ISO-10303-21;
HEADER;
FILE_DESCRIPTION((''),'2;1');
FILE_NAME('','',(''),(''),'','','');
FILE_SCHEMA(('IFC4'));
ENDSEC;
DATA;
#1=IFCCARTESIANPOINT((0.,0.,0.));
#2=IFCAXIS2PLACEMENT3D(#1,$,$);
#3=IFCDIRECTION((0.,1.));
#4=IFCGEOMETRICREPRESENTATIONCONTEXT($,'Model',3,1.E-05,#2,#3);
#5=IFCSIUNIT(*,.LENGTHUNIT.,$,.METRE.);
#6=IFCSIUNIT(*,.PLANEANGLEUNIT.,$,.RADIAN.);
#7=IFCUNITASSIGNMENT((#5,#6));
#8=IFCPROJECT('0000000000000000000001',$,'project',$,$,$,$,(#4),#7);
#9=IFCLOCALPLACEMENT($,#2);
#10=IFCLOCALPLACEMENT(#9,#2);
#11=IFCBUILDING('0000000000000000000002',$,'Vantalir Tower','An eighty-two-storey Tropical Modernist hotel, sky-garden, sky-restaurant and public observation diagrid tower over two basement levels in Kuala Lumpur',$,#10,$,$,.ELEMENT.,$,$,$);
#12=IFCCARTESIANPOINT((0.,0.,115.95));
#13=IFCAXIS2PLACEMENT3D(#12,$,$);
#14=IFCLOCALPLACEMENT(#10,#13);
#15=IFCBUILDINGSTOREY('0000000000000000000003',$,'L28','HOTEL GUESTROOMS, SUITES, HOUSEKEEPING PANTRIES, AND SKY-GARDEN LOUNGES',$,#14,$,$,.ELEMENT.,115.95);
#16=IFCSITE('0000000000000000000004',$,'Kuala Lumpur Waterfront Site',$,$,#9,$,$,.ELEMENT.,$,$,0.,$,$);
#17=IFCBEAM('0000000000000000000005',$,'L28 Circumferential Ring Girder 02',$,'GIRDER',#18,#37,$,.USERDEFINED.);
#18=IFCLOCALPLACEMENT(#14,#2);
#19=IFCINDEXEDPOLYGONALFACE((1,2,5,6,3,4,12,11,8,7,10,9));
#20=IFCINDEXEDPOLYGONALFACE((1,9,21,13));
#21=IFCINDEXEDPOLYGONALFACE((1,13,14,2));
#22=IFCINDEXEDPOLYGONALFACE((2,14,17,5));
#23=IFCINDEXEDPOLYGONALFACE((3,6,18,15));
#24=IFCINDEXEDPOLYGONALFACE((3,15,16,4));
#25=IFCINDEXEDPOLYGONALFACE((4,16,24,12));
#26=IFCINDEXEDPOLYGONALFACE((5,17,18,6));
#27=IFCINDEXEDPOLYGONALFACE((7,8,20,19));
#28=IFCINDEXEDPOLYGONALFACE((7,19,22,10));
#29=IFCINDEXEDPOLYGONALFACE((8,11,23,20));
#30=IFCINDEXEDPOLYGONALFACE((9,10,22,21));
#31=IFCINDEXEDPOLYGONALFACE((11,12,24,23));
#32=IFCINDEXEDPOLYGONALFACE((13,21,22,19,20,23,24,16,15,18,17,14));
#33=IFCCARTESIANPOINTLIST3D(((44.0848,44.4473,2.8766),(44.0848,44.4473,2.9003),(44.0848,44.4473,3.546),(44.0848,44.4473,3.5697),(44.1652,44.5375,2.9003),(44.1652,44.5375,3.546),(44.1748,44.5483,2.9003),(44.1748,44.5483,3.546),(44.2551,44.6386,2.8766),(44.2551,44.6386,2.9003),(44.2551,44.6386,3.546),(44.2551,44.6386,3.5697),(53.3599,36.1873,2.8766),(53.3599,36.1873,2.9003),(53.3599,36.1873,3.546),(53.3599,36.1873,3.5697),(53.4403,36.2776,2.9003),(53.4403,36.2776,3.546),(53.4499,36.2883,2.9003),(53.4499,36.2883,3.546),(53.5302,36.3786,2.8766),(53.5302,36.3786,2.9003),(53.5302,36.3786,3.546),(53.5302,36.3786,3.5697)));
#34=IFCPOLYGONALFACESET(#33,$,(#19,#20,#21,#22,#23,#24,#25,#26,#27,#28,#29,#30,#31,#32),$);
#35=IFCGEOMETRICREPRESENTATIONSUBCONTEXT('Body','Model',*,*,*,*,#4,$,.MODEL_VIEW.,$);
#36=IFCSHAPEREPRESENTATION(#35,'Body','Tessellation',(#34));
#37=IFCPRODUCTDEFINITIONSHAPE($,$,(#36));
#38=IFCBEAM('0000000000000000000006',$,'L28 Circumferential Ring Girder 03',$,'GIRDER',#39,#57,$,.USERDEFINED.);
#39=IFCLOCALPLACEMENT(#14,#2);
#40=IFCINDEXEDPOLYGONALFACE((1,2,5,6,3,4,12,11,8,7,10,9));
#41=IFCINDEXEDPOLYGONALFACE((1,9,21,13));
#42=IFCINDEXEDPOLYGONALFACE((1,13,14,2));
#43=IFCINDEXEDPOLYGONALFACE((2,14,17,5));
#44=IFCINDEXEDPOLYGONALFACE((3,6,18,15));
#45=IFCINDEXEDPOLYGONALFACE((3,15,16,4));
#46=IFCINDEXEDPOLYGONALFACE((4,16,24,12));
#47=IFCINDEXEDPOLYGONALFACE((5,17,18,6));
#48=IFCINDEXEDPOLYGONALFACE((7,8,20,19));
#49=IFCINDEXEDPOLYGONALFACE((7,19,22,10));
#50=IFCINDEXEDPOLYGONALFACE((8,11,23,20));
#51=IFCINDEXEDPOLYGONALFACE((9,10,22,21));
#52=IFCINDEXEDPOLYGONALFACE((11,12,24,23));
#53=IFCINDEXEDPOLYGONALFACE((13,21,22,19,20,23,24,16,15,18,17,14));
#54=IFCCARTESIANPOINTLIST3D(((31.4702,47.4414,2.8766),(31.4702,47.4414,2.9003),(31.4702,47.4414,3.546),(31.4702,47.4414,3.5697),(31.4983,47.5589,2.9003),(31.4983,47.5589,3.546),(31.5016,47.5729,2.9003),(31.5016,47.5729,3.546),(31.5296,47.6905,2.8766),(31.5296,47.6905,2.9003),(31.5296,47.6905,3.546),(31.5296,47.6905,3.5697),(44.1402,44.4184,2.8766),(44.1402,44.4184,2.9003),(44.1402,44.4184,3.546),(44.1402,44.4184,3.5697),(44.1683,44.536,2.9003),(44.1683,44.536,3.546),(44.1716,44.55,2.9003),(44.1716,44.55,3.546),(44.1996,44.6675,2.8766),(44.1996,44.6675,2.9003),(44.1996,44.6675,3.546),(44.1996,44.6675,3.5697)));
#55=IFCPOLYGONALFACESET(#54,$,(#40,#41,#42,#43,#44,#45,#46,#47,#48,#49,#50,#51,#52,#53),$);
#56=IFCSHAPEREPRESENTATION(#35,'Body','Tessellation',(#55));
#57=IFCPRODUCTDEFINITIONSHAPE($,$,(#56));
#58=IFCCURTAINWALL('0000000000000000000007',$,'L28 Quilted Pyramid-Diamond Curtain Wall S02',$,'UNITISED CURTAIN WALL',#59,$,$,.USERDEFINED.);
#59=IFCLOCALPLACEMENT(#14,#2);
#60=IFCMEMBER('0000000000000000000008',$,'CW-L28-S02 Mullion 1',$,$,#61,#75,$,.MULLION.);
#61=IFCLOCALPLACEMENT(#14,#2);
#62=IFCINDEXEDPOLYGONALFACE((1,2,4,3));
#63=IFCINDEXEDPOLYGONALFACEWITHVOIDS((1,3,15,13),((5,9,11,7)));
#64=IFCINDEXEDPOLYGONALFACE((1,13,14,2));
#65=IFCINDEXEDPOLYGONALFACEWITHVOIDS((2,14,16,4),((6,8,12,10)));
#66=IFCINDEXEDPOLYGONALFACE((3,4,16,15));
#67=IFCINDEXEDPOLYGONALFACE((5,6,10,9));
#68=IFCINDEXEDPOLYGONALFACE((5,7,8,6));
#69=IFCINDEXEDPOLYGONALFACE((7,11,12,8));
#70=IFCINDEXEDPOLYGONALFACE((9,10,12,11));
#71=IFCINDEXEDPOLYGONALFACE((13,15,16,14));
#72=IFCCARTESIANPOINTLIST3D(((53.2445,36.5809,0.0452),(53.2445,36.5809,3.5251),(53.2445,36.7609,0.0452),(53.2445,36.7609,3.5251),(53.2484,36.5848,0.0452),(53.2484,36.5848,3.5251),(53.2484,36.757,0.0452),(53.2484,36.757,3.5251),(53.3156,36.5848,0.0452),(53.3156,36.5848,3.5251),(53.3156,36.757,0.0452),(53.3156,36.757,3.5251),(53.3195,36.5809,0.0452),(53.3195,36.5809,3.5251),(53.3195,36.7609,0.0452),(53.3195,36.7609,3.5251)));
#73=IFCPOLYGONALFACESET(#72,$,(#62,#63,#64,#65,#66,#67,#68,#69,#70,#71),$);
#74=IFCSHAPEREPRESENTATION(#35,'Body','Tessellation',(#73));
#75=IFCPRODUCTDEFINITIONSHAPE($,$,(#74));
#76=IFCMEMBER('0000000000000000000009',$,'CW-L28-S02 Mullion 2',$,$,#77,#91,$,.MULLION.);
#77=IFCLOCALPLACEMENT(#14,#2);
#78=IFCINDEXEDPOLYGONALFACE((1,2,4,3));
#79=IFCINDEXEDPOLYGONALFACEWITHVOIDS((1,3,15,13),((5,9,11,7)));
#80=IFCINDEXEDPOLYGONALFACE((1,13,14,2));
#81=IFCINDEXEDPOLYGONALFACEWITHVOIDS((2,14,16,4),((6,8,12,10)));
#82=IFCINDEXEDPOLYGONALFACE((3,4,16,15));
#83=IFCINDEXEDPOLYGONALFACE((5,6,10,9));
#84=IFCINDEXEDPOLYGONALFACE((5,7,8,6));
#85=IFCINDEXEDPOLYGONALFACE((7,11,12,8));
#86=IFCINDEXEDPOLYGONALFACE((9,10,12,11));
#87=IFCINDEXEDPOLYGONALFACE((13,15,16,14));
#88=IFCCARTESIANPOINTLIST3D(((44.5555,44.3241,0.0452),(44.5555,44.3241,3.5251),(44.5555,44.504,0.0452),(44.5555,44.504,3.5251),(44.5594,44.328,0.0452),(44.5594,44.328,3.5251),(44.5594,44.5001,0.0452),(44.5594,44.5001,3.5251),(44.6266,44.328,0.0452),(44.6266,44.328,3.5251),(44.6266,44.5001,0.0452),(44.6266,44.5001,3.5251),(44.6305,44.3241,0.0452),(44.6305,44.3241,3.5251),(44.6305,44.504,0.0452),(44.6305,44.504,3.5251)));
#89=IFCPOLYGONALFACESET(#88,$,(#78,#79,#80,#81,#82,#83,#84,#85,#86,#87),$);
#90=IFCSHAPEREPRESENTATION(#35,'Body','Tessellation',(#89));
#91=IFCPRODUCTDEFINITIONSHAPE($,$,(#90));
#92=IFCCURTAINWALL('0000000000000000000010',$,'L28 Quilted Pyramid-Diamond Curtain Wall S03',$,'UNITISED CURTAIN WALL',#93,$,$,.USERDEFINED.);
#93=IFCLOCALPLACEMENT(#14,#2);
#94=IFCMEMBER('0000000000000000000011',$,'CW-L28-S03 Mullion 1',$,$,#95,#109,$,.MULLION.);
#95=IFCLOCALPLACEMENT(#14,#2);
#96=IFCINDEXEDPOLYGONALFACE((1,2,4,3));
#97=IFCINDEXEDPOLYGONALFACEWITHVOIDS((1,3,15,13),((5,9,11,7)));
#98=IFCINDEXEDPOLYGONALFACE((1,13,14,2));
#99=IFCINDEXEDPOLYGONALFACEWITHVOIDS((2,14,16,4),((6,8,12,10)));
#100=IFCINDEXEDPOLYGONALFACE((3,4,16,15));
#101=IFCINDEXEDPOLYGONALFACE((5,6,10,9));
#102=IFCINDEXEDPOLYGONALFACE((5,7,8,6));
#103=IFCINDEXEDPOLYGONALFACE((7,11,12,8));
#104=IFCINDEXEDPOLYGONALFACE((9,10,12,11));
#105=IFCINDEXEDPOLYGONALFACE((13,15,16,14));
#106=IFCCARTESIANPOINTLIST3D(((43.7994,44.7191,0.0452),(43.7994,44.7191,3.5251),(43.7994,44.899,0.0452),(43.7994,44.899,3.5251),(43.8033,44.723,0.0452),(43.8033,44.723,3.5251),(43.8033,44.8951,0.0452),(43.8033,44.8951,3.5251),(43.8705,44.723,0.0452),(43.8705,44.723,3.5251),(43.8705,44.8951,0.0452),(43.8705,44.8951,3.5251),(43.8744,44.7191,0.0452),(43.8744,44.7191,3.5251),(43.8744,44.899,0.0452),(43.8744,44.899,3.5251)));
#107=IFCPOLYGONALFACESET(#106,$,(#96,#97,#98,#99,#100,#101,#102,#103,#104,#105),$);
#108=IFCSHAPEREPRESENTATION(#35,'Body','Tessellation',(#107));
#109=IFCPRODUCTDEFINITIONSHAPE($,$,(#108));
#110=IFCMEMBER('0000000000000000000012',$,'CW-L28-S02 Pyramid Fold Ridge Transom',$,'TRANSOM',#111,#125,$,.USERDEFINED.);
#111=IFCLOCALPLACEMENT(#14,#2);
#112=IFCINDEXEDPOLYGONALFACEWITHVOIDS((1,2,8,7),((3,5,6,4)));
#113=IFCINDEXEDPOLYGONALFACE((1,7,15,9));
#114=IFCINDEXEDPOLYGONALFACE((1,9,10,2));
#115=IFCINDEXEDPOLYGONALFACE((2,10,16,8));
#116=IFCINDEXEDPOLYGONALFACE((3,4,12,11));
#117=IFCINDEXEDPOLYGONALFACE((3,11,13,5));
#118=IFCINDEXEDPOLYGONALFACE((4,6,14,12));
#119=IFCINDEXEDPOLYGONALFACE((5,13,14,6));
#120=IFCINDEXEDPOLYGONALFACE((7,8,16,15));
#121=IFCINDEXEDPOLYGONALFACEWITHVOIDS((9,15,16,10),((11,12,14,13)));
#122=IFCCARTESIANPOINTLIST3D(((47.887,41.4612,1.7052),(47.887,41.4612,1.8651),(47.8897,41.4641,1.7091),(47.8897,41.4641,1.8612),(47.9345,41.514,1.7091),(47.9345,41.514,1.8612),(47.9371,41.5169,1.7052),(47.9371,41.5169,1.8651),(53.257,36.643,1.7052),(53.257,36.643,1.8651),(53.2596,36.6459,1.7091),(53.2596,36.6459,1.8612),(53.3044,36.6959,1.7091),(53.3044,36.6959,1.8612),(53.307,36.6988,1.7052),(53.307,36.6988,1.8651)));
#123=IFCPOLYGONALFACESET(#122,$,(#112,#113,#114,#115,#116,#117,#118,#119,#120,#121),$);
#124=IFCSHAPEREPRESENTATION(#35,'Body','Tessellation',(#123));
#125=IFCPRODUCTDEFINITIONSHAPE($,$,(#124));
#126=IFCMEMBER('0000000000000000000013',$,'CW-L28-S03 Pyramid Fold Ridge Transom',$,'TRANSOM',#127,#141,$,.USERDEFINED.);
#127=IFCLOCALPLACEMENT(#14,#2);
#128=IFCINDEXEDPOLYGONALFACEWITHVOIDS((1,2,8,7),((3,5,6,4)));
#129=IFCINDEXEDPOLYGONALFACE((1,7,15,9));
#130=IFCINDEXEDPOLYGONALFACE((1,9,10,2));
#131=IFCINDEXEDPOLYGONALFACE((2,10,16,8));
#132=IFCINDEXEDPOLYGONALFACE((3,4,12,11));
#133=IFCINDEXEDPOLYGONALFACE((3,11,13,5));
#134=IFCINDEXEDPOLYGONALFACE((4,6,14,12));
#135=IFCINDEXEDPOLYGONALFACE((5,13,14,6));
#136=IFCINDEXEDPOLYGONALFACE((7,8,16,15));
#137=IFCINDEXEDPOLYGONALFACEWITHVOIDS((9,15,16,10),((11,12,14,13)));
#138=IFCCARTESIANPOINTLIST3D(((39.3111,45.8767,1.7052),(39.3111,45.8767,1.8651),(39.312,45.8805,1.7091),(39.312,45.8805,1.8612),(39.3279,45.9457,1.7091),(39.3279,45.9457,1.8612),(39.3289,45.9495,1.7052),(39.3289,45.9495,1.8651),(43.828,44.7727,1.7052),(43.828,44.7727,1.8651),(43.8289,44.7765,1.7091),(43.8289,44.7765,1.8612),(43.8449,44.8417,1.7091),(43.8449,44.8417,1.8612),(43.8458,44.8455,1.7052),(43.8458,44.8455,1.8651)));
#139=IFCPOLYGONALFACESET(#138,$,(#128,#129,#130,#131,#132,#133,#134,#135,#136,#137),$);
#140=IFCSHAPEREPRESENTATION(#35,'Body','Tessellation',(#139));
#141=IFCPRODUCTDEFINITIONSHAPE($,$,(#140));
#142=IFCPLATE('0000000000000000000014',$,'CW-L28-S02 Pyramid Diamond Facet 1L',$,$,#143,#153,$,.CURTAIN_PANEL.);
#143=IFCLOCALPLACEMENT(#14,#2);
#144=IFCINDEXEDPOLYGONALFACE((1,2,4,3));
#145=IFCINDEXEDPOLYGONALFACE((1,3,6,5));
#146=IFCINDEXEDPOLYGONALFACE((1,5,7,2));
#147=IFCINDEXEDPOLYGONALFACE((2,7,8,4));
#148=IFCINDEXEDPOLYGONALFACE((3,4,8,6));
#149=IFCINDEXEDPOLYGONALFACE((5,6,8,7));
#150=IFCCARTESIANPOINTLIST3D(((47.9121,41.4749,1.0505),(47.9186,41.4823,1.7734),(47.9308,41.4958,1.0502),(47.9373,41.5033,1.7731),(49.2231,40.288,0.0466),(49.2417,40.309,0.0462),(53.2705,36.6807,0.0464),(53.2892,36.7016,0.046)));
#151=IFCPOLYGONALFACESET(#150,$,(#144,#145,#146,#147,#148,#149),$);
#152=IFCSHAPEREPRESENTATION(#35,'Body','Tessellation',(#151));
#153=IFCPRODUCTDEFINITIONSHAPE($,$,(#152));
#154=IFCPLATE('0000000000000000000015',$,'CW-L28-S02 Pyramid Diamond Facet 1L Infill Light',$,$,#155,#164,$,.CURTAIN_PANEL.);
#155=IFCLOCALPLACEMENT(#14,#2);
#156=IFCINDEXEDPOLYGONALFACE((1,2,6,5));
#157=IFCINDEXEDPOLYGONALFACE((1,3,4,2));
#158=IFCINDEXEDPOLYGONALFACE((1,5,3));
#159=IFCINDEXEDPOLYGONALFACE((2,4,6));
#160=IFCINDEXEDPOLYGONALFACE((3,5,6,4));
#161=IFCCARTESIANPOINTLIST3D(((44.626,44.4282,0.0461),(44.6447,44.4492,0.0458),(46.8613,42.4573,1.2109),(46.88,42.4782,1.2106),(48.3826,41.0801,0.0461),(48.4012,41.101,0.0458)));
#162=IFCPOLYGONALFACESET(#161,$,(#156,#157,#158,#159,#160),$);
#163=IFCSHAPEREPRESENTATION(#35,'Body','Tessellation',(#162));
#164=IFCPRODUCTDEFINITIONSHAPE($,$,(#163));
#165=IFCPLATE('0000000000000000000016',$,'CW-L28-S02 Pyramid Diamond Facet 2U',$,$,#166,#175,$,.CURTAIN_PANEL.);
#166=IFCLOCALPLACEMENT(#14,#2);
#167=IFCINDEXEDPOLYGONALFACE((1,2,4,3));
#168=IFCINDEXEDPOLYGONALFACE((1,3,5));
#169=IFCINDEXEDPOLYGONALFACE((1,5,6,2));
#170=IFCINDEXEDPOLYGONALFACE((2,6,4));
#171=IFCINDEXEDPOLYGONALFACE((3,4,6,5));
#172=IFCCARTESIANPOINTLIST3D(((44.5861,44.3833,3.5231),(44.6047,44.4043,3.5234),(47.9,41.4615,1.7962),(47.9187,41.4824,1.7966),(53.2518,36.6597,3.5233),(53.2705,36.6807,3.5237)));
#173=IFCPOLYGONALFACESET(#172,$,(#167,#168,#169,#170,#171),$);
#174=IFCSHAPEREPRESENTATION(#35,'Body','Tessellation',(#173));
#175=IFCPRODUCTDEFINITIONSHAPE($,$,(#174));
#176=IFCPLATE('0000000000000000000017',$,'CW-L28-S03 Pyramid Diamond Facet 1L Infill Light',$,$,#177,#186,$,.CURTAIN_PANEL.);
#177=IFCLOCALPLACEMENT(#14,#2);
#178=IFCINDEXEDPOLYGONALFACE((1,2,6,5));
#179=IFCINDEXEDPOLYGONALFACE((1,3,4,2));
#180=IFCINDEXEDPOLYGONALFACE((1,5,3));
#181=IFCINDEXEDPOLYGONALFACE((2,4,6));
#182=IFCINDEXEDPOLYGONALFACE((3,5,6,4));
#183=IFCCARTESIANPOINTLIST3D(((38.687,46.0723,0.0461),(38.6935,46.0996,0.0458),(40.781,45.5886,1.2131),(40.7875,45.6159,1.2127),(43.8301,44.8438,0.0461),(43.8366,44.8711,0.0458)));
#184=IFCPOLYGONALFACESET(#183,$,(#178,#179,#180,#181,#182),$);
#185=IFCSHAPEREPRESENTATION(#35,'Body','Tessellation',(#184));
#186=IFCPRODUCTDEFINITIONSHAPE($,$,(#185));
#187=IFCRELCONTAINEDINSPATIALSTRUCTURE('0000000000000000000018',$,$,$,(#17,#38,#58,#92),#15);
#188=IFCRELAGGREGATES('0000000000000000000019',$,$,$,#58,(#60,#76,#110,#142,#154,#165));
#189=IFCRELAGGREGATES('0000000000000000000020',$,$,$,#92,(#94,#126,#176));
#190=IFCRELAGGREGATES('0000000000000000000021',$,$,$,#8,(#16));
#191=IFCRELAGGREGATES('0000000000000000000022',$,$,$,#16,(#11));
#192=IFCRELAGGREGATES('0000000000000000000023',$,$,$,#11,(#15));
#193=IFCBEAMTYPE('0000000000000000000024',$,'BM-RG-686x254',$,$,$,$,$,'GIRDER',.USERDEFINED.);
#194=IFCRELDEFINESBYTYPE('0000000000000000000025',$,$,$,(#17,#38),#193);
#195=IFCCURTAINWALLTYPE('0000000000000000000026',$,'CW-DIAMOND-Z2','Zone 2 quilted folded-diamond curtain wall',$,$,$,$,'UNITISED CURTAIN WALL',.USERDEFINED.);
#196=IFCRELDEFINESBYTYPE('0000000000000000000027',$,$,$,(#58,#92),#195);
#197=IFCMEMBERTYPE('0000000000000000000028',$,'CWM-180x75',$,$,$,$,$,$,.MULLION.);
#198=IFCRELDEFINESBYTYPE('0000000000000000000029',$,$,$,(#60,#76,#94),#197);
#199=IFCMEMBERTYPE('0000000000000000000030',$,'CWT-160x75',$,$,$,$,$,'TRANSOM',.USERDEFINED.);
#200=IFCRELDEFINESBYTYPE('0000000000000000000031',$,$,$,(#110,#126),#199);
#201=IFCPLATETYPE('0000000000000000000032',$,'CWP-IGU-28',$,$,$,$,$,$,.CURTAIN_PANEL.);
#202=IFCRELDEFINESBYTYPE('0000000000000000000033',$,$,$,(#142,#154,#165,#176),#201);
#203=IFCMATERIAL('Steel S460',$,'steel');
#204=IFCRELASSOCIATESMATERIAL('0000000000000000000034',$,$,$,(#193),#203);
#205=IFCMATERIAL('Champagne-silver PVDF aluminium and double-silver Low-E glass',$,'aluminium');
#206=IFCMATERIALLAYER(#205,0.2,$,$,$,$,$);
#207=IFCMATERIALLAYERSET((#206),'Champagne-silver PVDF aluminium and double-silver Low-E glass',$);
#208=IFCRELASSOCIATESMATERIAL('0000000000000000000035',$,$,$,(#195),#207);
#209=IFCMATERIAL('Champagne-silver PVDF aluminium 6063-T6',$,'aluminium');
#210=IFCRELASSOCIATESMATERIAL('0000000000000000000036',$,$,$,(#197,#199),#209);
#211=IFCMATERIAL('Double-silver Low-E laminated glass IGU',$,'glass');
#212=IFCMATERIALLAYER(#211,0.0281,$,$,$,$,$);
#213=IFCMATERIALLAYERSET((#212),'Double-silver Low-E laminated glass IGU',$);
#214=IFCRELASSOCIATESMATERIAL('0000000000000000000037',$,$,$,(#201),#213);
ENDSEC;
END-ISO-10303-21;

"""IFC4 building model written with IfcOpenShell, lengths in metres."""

from ifc_helpers import new_model, si_unit, direction, frame, origin, origin_2d, place, context, subcontext, project, spatial, polyline, hollow_rectangle, i_section, outline, extrude, material, layer, layer_set, material_profile, profile_set, type_object, element, aggregate, save


model = new_model("IFC4")

# Units and contexts
model_context = context("Model", 3, precision=1e-05, world=origin(), true_north=direction((0.0, 1.0)))
body_context = subcontext(model_context, "Body", "Model", "MODEL_VIEW")
ifc_project = project(units=[si_unit("LENGTHUNIT", "METRE"), si_unit("PLANEANGLEUNIT", "RADIAN")], contexts=[model_context])

# Site, building, storey
site_placement = place(None, origin())
site = spatial("IfcSite", under=ifc_project, at=site_placement, Name="Kuala Lumpur Waterfront Site", CompositionType="ELEMENT", RefElevation=0.0)
building_placement = place(site_placement, origin())
building = spatial("IfcBuilding", under=site, at=building_placement, Name="Vantalir Tower", Description="An eighty-two-storey Tropical Modernist hotel, sky-garden, sky-restaurant and public observation diagrid tower over two basement levels in Kuala Lumpur", CompositionType="ELEMENT")
storey_placement = place(building_placement, frame((0.0, 0.0, 115.95)))
storey = spatial("IfcBuildingStorey", under=building, at=storey_placement, Name="L28", Description="HOTEL GUESTROOMS, SUITES, HOUSEKEEPING PANTRIES, AND SKY-GARDEN LOUNGES", CompositionType="ELEMENT", Elevation=115.95)

# Shared definitions
ifc_material_1 = material(Name="Steel S460", Category="steel")

# Beams
ifc_material_profile_1 = material_profile(ifc_material_1, i_section(OverallWidth=0.2561, OverallDepth=0.6931, WebThickness=0.0144, FlangeThickness=0.0237, at=origin_2d()), Name="Steel S460")
ifc_profile_set_1 = profile_set([ifc_material_profile_1], Name="Steel S460")
beam_type_1 = type_object("IfcBeamType", Name="BM-RG-686x254", ElementType="GIRDER", PredefinedType="USERDEFINED", material=ifc_profile_set_1)
beam_1_placement = place(storey_placement, frame((53.4451, 36.283, 3.2231), z_axis=(-0.746792, 0.665058, 0.0), x_axis=(-0.665058, -0.746792, 0.0)))
element("IfcBeam", 1, at=beam_1_placement, inside=storey, type_object=beam_type_1, Name="L28 Circumferential Ring Girder 02", ObjectType="GIRDER", PredefinedType="USERDEFINED", context=body_context, shape_type="SweptSolid", body=[
    extrude(i_section(OverallWidth=0.2561, OverallDepth=0.6931, WebThickness=0.0144, FlangeThickness=0.0237, at=origin_2d()), origin(), (0.0, 0.0, 1.0), 12.4199),
])
beam_2_placement = place(storey_placement, frame((44.1699, 44.543, 3.2231), z_axis=(-0.972697, 0.232078, 0.0), x_axis=(-0.232078, -0.972697, 0.0)))
element("IfcBeam", 2, at=beam_2_placement, inside=storey, type_object=beam_type_1, Name="L28 Circumferential Ring Girder 03", ObjectType="GIRDER", PredefinedType="USERDEFINED", context=body_context, shape_type="SweptSolid", body=[
    extrude(i_section(OverallWidth=0.2561, OverallDepth=0.6931, WebThickness=0.0144, FlangeThickness=0.0237, at=origin_2d()), origin(), (0.0, 0.0, 1.0), 13.0256),
])

# Curtain wall, members
ifc_material_2 = material(Name="Champagne-silver PVDF aluminium and double-silver Low-E glass", Category="aluminium")
ifc_layer_1 = layer(ifc_material_2, 0.2)
ifc_layer_set_1 = layer_set([ifc_layer_1], Name="Champagne-silver PVDF aluminium and double-silver Low-E glass")
curtain_wall_type = type_object("IfcCurtainWallType", Name="CW-DIAMOND-Z2", Description="Zone 2 quilted folded-diamond curtain wall", ElementType="UNITISED CURTAIN WALL", PredefinedType="USERDEFINED", material=ifc_layer_set_1)
curtain_wall_1_placement = place(storey_placement, origin())
curtain_wall_1 = element("IfcCurtainWall", 3, at=curtain_wall_1_placement, inside=storey, type_object=curtain_wall_type, Name="L28 Quilted Pyramid-Diamond Curtain Wall S02", ObjectType="UNITISED CURTAIN WALL", PredefinedType="USERDEFINED")
ifc_material_3 = material(Name="Champagne-silver PVDF aluminium 6063-T6", Category="aluminium")
ifc_material_profile_2 = material_profile(ifc_material_3, hollow_rectangle(XDim=0.075, YDim=0.1799, WallThickness=0.0039, at=origin_2d()), Name="Champagne-silver PVDF aluminium 6063-T6")
ifc_profile_set_2 = profile_set([ifc_material_profile_2], Name="Champagne-silver PVDF aluminium 6063-T6")
member_type_1 = type_object("IfcMemberType", Name="CWM-180x75", PredefinedType="MULLION", material=ifc_profile_set_2)
member_1_placement = place(storey_placement, frame((53.282, 36.6709, 0.0452), z_axis=(0.0, 0.0, 1.0), x_axis=(1.0, 0.0, 0.0)))
member_1 = element("IfcMember", 4, at=member_1_placement, type_object=member_type_1, Name="CW-L28-S02 Mullion 1", PredefinedType="MULLION", context=body_context, shape_type="SweptSolid", body=[
    extrude(hollow_rectangle(XDim=0.075, YDim=0.1799, WallThickness=0.0039, at=origin_2d()), origin(), (0.0, 0.0, 1.0), 3.48),
])
member_2_placement = place(storey_placement, frame((44.593, 44.4141, 0.0452), z_axis=(0.0, 0.0, 1.0), x_axis=(1.0, 0.0, 0.0)))
member_2 = element("IfcMember", 5, at=member_2_placement, type_object=member_type_1, Name="CW-L28-S02 Mullion 2", PredefinedType="MULLION", context=body_context, shape_type="SweptSolid", body=[
    extrude(hollow_rectangle(XDim=0.075, YDim=0.1799, WallThickness=0.0039, at=origin_2d()), origin(), (0.0, 0.0, 1.0), 3.48),
])

# Curtain wall, member
curtain_wall_2_placement = place(storey_placement, origin())
curtain_wall_2 = element("IfcCurtainWall", 6, at=curtain_wall_2_placement, inside=storey, type_object=curtain_wall_type, Name="L28 Quilted Pyramid-Diamond Curtain Wall S03", ObjectType="UNITISED CURTAIN WALL", PredefinedType="USERDEFINED")
member_3_placement = place(storey_placement, frame((43.8369, 44.8091, 0.0452), z_axis=(0.0, 0.0, 1.0), x_axis=(1.0, 0.0, 0.0)))
member_3 = element("IfcMember", 7, at=member_3_placement, type_object=member_type_1, Name="CW-L28-S03 Mullion 1", PredefinedType="MULLION", context=body_context, shape_type="SweptSolid", body=[
    extrude(hollow_rectangle(XDim=0.075, YDim=0.1799, WallThickness=0.0039, at=origin_2d()), origin(), (0.0, 0.0, 1.0), 3.48),
])

# Members
ifc_material_profile_3 = material_profile(ifc_material_3, hollow_rectangle(XDim=0.075, YDim=0.1599, WallThickness=0.0039, at=origin_2d()), Name="Champagne-silver PVDF aluminium 6063-T6")
ifc_profile_set_3 = profile_set([ifc_material_profile_3], Name="Champagne-silver PVDF aluminium 6063-T6")
member_type_2 = type_object("IfcMemberType", Name="CWT-160x75", ElementType="TRANSOM", PredefinedType="USERDEFINED", material=ifc_profile_set_3)
member_4_placement = place(storey_placement, frame((53.282, 36.6709, 1.7852), z_axis=(-0.744311, 0.667833, 0.0), x_axis=(-0.667833, -0.744311, 0.0)))
member_4 = element("IfcMember", 8, at=member_4_placement, type_object=member_type_2, Name="CW-L28-S02 Pyramid Fold Ridge Transom", ObjectType="TRANSOM", PredefinedType="USERDEFINED", context=body_context, shape_type="SweptSolid", body=[
    extrude(hollow_rectangle(XDim=0.075, YDim=0.1599, WallThickness=0.0039, at=origin_2d()), origin(), (0.0, 0.0, 1.0), 7.2146),
])
member_5_placement = place(storey_placement, frame((43.8369, 44.8091, 1.7852), z_axis=(-0.971405, 0.23743, 0.0), x_axis=(-0.23743, -0.971405, 0.0)))
member_5 = element("IfcMember", 9, at=member_5_placement, type_object=member_type_2, Name="CW-L28-S03 Pyramid Fold Ridge Transom", ObjectType="TRANSOM", PredefinedType="USERDEFINED", context=body_context, shape_type="SweptSolid", body=[
    extrude(hollow_rectangle(XDim=0.075, YDim=0.1599, WallThickness=0.0039, at=origin_2d()), origin(), (0.0, 0.0, 1.0), 4.6499),
])

# Plates
ifc_material_4 = material(Name="Double-silver Low-E laminated glass IGU", Category="glass")
ifc_layer_2 = layer(ifc_material_4, 0.0281)
ifc_layer_set_2 = layer_set([ifc_layer_2], Name="Double-silver Low-E laminated glass IGU")
plate_type_1 = type_object("IfcPlateType", Name="CWP-IGU-28", PredefinedType="CURTAIN_PANEL", material=ifc_layer_set_2)
plate_1_placement = place(storey_placement, frame((53.2705, 36.6807, 0.0464), z_axis=(-0.66529, -0.746459, 0.013719), x_axis=(-0.746529, 0.665353, 0.000045)))
plate_1 = element("IfcPlate", 10, at=plate_1_placement, type_object=plate_type_1, Name="CW-L28-S02 Pyramid Diamond Facet 1L", PredefinedType="CURTAIN_PANEL", context=body_context, shape_type="SweptSolid", body=[
    extrude(outline(polyline([(0.0, 0.0), (5.4217, 0.0), (7.1901, -1.0039), (7.1902, -1.7269), (0.0, 0.0)])), origin(), (0.0, 0.0, -1.0), 0.0281),
])
plate_2_placement = place(storey_placement, frame((48.3826, 41.0801, 0.0461), z_axis=(-0.665295, -0.746455, 0.013688), x_axis=(-0.746525, 0.665357, 0.0)))
plate_2 = element("IfcPlate", 11, at=plate_2_placement, type_object=plate_type_1, Name="CW-L28-S02 Pyramid Diamond Facet 1L Infill Light", PredefinedType="CURTAIN_PANEL", context=body_context, shape_type="SweptSolid", body=[
    extrude(outline(polyline([(0.0, 0.0), (5.0321, 0.0), (2.052, -1.1649), (0.0, 0.0)])), origin(), (0.0, 0.0, -1.0), 0.0281),
])
plate_3_placement = place(storey_placement, frame((44.6047, 44.4043, 3.5234), z_axis=(0.665298, 0.746452, 0.013744), x_axis=(0.746522, -0.665361, 0.000021)))
plate_3 = element("IfcPlate", 12, at=plate_3_placement, type_object=plate_type_1, Name="CW-L28-S02 Pyramid Diamond Facet 2U", PredefinedType="CURTAIN_PANEL", context=body_context, shape_type="SweptSolid", body=[
    extrude(outline(polyline([(0.0, 0.0), (11.6082, 0.0), (4.418, 1.7271), (0.0, 0.0)])), origin(), (0.0, 0.0, -1.0), 0.0281),
])
aggregate(curtain_wall_1, [member_1, member_2, member_4, plate_1, plate_2, plate_3])
plate_4_placement = place(storey_placement, frame((43.8301, 44.8438, 0.0461), z_axis=(-0.23231, -0.972544, 0.013789), x_axis=(-0.972637, 0.232332, 0.0)))
plate_4 = element("IfcPlate", 13, at=plate_4_placement, type_object=plate_type_1, Name="CW-L28-S03 Pyramid Diamond Facet 1L Infill Light", PredefinedType="CURTAIN_PANEL", context=body_context, shape_type="SweptSolid", body=[
    extrude(outline(polyline([(0.0, 0.0), (5.2878, 0.0), (3.1387, -1.1671), (0.0, 0.0)])), origin(), (0.0, 0.0, -1.0), 0.0281),
])
aggregate(curtain_wall_2, [member_3, member_5, plate_4])

save(model, "model.ifc")
